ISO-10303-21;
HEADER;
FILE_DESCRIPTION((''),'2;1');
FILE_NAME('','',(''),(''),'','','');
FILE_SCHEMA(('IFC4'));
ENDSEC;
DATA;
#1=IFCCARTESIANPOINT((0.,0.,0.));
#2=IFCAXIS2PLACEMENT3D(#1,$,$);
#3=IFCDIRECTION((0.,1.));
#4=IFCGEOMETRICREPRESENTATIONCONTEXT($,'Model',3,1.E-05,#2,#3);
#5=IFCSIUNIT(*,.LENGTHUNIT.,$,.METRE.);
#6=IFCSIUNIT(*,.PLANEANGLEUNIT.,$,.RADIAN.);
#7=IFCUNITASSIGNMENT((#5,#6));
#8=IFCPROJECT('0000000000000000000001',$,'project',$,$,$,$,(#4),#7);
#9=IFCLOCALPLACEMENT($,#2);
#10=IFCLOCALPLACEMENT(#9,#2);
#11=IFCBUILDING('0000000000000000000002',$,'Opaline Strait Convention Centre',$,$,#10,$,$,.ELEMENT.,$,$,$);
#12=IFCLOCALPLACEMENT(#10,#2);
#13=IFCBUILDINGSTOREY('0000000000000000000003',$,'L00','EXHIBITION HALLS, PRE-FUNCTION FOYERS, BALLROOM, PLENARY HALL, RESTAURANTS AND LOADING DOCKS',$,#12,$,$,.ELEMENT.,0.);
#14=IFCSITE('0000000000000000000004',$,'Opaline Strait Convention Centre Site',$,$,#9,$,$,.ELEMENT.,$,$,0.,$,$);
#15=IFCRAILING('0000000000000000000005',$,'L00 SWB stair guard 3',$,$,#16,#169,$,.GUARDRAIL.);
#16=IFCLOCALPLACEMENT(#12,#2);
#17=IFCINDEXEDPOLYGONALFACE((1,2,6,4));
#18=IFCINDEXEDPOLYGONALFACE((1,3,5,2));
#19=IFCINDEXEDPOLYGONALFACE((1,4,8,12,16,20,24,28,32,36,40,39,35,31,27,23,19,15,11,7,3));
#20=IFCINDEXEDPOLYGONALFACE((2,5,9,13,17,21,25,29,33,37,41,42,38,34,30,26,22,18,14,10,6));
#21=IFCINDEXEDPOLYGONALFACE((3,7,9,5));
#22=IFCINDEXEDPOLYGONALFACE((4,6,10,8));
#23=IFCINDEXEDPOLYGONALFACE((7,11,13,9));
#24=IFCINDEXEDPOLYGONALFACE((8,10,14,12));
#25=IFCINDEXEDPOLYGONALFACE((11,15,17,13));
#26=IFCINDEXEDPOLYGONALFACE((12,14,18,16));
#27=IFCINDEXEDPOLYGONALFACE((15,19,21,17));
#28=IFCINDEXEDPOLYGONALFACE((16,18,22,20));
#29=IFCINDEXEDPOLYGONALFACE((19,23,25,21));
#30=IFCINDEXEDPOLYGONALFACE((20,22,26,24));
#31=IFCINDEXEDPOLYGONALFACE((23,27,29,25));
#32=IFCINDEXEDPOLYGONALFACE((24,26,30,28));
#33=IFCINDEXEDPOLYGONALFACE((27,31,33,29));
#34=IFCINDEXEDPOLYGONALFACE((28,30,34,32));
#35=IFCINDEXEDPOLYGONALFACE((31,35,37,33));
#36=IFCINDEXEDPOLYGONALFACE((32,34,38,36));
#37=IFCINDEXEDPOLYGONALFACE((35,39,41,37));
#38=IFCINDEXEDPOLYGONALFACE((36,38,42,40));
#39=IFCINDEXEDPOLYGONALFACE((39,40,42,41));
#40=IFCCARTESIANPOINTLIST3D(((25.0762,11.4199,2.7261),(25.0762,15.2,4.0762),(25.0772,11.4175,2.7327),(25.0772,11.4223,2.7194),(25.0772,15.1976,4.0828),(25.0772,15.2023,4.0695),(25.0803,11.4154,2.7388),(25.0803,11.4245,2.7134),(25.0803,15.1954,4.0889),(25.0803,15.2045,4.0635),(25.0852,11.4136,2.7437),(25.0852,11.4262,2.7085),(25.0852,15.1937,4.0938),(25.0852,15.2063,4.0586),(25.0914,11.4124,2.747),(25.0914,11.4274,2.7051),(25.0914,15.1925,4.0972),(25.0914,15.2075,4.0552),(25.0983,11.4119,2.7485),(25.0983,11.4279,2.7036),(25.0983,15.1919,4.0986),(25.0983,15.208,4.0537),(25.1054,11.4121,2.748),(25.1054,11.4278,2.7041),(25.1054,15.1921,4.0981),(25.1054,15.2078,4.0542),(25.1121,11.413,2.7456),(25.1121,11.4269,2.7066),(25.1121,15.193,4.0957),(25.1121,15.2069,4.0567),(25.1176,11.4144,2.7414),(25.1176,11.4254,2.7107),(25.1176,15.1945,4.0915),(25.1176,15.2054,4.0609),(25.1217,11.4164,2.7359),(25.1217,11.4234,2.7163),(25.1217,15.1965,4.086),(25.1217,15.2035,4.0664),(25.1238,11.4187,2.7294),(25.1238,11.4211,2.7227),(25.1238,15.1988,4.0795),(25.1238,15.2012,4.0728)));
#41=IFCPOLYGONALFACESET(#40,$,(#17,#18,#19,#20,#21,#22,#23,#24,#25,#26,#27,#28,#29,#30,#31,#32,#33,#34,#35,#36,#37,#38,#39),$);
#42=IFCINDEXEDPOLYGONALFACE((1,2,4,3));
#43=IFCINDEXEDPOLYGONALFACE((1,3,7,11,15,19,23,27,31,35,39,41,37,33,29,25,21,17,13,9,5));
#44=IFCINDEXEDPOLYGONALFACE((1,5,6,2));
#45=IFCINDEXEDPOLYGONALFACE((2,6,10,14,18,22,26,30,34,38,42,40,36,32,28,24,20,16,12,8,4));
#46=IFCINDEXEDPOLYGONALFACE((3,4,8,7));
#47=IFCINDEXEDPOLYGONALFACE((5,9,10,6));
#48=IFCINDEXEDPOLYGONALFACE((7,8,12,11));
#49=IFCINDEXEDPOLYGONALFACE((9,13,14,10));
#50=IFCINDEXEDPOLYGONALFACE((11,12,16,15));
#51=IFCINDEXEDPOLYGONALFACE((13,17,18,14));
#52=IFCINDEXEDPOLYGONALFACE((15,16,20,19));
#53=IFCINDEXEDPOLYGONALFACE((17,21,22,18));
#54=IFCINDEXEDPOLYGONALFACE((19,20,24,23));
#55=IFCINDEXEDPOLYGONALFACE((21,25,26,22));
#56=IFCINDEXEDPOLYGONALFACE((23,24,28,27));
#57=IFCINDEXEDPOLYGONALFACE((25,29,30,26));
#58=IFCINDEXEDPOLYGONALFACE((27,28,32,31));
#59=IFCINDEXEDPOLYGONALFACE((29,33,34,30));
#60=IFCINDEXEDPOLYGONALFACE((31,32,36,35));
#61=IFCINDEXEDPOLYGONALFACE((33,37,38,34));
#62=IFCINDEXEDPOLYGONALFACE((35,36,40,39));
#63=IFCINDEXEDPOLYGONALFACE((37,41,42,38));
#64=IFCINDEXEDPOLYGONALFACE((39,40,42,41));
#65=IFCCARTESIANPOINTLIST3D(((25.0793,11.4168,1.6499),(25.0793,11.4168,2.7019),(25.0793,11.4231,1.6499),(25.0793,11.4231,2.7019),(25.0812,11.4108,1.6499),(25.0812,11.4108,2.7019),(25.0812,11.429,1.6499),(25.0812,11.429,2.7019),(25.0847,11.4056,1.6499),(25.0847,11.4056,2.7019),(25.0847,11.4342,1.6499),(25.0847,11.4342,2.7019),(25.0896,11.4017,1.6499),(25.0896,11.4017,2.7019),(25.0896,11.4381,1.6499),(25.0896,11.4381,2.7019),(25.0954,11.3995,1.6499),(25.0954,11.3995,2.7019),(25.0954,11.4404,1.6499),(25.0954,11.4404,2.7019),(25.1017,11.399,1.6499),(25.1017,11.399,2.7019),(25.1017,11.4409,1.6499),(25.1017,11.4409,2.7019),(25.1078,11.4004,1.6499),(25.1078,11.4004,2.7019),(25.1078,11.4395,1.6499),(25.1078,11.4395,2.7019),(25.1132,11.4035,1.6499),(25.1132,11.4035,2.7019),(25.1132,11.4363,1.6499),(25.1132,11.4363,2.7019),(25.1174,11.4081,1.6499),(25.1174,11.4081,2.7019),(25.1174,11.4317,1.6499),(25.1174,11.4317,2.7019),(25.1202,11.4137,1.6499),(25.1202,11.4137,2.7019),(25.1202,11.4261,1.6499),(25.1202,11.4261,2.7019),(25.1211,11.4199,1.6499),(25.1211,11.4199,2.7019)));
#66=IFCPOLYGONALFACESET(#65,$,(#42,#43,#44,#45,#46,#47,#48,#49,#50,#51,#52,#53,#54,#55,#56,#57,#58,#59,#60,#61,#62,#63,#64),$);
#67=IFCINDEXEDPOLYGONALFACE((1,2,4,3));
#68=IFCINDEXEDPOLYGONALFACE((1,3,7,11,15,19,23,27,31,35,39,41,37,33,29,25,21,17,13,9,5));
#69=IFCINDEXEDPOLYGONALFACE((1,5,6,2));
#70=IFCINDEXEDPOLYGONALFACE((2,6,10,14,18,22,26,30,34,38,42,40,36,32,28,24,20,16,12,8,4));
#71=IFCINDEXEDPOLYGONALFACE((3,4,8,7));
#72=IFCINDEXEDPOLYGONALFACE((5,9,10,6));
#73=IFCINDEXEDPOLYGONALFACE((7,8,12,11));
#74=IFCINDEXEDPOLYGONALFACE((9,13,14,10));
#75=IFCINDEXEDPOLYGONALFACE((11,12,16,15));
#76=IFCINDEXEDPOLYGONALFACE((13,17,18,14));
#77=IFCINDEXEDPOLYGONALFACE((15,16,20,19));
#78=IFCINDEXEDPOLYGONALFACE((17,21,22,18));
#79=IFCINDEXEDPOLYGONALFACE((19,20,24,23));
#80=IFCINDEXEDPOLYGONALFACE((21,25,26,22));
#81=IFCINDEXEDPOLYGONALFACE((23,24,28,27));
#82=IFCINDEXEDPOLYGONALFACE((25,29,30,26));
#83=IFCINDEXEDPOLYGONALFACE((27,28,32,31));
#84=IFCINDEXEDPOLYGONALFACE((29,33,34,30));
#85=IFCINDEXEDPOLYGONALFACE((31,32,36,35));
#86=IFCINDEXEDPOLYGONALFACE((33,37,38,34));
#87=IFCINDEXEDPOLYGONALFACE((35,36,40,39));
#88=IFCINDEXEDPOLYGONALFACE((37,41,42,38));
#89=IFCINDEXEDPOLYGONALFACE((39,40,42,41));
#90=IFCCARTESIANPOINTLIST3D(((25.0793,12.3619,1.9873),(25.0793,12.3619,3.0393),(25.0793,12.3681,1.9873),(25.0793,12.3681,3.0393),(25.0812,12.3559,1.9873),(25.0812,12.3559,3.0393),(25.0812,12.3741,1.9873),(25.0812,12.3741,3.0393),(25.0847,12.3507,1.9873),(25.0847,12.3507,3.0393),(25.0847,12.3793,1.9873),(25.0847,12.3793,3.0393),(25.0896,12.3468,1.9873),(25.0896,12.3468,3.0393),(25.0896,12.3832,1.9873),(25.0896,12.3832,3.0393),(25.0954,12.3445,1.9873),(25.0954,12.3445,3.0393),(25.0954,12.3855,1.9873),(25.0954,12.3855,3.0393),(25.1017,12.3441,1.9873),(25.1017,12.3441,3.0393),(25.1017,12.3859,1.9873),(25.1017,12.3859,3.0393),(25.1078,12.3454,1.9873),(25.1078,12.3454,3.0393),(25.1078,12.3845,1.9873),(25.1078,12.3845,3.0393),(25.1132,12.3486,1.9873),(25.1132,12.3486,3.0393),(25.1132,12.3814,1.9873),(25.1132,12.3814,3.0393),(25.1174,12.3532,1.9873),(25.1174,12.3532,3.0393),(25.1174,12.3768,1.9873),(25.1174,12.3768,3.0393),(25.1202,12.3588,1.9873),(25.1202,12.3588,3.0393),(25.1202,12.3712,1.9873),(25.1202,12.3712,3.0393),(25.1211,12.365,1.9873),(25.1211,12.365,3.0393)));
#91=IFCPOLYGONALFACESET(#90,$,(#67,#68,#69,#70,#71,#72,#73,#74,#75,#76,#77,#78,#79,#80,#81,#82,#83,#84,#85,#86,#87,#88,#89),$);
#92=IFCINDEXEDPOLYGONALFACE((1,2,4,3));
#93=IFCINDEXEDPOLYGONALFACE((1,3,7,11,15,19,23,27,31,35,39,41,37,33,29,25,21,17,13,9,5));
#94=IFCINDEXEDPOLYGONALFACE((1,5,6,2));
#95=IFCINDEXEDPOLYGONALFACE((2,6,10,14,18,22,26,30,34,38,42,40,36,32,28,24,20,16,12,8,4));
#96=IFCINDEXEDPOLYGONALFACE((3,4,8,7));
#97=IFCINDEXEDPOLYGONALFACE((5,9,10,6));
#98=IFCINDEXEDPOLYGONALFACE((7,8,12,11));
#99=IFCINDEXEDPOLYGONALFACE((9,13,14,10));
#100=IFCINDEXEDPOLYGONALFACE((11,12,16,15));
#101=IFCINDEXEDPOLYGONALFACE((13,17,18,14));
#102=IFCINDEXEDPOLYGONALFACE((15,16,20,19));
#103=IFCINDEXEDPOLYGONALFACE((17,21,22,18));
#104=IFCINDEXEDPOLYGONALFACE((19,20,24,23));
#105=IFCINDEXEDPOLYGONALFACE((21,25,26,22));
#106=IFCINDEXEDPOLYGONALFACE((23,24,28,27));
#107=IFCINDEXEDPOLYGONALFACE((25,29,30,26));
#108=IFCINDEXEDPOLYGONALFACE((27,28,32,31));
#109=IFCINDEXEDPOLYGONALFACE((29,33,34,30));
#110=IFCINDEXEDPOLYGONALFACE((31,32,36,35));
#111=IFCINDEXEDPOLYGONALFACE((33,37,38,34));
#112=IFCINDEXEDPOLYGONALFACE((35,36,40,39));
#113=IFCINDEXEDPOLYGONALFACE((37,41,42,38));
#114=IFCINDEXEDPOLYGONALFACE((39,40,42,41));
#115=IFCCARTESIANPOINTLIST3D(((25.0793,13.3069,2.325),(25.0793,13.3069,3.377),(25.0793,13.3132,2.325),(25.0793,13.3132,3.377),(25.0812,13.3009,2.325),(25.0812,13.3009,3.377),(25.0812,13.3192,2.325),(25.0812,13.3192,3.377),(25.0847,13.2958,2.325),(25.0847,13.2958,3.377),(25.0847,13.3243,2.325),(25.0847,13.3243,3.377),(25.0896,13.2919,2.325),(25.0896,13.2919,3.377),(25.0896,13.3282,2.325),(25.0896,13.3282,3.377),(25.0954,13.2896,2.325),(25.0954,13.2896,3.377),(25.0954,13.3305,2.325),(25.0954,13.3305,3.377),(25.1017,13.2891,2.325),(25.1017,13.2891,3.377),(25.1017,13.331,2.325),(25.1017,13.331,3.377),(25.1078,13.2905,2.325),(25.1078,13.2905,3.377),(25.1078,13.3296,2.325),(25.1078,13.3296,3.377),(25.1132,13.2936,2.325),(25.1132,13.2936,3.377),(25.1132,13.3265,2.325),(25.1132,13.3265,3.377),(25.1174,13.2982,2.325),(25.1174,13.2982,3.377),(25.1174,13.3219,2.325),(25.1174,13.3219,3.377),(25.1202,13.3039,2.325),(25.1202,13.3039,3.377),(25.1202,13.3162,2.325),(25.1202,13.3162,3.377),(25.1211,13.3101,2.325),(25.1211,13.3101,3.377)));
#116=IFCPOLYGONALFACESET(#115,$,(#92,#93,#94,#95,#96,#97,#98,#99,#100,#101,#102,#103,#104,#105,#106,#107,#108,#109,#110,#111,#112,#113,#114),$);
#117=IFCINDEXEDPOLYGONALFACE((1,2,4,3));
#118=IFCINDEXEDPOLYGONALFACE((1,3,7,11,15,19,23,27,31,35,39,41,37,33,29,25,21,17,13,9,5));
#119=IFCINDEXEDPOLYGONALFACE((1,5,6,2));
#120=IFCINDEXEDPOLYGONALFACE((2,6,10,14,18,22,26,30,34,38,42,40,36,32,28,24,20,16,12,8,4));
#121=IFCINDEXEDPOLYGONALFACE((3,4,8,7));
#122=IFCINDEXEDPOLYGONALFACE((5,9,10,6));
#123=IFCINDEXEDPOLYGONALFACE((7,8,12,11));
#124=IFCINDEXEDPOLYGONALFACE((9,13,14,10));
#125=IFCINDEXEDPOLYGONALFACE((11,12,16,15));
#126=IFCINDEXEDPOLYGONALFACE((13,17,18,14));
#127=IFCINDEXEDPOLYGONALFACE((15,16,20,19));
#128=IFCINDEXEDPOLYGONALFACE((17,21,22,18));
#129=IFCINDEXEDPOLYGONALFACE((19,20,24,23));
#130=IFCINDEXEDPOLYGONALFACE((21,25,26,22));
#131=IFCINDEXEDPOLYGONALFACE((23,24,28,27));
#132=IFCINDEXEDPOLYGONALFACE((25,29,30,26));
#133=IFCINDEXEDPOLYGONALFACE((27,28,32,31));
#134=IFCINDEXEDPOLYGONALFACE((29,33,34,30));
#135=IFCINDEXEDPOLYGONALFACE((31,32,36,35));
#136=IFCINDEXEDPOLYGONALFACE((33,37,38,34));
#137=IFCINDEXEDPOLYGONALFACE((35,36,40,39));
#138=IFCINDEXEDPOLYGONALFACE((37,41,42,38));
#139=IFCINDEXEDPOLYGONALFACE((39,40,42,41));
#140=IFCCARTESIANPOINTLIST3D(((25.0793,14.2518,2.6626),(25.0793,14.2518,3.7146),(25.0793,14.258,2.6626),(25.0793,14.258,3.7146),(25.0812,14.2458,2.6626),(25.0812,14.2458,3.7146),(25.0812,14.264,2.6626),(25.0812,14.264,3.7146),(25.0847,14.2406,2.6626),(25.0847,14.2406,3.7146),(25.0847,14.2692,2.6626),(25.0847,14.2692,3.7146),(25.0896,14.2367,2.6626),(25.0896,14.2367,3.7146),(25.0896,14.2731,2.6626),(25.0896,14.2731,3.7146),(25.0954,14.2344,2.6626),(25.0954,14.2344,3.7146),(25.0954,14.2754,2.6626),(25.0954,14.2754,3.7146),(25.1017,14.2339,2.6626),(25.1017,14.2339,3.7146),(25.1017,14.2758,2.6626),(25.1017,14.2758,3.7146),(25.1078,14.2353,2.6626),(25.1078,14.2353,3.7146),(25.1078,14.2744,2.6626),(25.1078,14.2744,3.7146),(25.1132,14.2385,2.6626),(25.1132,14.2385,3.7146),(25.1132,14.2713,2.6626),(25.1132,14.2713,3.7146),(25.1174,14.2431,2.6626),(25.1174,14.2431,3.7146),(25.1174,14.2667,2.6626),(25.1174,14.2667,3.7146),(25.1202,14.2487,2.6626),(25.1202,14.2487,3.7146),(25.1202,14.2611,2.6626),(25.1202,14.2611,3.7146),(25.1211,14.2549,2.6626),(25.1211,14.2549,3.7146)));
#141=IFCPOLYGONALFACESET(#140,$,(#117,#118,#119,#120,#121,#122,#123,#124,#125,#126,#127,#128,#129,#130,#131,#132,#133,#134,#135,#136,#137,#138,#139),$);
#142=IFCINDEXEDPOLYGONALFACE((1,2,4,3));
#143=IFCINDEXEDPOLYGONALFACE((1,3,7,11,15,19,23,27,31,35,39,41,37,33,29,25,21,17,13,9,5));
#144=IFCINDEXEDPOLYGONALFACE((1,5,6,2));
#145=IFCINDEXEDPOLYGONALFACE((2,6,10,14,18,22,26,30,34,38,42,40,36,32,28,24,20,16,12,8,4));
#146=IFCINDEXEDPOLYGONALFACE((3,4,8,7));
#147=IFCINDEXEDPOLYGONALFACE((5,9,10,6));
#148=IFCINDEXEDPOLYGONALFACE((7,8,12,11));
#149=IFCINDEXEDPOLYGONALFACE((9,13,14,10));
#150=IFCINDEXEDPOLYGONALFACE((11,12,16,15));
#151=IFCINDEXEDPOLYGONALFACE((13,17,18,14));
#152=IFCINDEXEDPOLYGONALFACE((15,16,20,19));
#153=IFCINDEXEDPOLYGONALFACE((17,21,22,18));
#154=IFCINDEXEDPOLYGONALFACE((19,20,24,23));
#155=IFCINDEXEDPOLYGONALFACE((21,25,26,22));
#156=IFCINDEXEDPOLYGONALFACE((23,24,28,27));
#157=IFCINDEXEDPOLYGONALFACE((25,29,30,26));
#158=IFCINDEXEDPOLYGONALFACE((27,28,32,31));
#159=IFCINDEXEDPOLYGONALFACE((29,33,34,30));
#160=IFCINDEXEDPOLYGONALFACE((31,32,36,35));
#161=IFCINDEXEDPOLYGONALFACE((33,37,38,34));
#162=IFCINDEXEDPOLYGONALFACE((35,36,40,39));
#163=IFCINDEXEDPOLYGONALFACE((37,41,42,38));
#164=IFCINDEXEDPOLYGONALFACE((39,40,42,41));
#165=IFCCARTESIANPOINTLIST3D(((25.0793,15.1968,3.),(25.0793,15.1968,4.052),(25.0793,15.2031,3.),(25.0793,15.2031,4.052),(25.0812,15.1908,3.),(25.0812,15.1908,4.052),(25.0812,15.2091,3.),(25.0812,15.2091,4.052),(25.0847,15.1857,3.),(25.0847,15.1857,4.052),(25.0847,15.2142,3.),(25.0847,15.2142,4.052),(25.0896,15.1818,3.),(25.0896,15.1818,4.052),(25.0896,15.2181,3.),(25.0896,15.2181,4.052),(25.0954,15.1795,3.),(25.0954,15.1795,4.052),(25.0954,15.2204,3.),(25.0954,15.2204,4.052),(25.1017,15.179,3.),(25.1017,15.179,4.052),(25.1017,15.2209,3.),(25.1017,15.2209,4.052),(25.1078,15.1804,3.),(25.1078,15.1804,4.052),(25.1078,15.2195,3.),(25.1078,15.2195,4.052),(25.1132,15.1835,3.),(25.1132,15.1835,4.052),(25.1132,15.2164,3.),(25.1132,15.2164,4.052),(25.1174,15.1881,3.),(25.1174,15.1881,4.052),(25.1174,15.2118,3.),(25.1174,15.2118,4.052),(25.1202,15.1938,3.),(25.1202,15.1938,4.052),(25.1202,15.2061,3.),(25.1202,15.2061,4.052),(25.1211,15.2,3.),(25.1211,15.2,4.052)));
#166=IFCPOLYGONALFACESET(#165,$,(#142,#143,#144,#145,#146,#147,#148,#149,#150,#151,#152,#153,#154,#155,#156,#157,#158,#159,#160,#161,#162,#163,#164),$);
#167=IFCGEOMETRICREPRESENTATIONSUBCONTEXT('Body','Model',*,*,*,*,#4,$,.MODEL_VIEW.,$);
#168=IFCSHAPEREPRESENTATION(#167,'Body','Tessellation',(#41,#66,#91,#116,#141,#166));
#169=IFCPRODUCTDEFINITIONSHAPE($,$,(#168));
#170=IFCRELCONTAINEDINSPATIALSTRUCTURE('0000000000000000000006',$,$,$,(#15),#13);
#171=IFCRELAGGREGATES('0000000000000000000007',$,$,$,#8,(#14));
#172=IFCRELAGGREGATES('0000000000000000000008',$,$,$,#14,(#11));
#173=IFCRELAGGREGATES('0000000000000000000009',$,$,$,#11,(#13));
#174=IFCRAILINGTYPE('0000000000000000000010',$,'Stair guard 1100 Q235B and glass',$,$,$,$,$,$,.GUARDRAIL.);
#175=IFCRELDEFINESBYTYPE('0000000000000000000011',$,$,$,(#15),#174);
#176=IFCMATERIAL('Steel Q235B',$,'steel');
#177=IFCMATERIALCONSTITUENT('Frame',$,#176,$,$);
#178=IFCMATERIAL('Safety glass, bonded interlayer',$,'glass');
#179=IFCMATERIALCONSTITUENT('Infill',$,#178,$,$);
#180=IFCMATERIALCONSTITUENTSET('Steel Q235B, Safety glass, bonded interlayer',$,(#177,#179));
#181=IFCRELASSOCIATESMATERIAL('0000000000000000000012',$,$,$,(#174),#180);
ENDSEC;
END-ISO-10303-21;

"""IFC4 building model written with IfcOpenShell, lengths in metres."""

from ifc_helpers import new_model, si_unit, direction, frame, origin, origin_2d, place, context, subcontext, project, spatial, circle, extrude, material, constituent, constituent_set, type_object, element, save


model = new_model("IFC4")

# Units and contexts
model_context = context("Model", 3, precision=1e-05, world=origin(), true_north=direction((0.0, 1.0)))
body_context = subcontext(model_context, "Body", "Model", "MODEL_VIEW")
ifc_project = project(units=[si_unit("LENGTHUNIT", "METRE"), si_unit("PLANEANGLEUNIT", "RADIAN")], contexts=[model_context])

# Site, building, storey
site_placement = place(None, origin())
site = spatial("IfcSite", under=ifc_project, at=site_placement, Name="Opaline Strait Convention Centre Site", CompositionType="ELEMENT", RefElevation=0.0)
building_placement = place(site_placement, origin())
building = spatial("IfcBuilding", under=site, at=building_placement, Name="Opaline Strait Convention Centre", CompositionType="ELEMENT")
storey_placement = place(building_placement, origin())
storey = spatial("IfcBuildingStorey", under=building, at=storey_placement, Name="L00", Description="EXHIBITION HALLS, PRE-FUNCTION FOYERS, BALLROOM, PLENARY HALL, RESTAURANTS AND LOADING DOCKS", CompositionType="ELEMENT", Elevation=0.0)

# Railing
ifc_material_1 = material(Name="Steel Q235B", Category="steel")
ifc_constituent_1 = constituent(ifc_material_1, Name="Frame")
ifc_material_2 = material(Name="Safety glass, bonded interlayer", Category="glass")
ifc_constituent_2 = constituent(ifc_material_2, Name="Infill")
ifc_constituent_set = constituent_set(constituents=[ifc_constituent_1, ifc_constituent_2], Name="Steel Q235B, Safety glass, bonded interlayer")
railing_type_1 = type_object("IfcRailingType", Name="Stair guard 1100 Q235B and glass", PredefinedType="GUARDRAIL", material=ifc_constituent_set)
for number, where, name in (
    (1, (25.1001, 11.4199, 1.6499), "L00 SWB stair guard 3"),
):
    element("IfcRailing", number, at=place(storey_placement, frame(where)), inside=storey, type_object=railing_type_1, Name=name, PredefinedType="GUARDRAIL", context=body_context, shape_type="SweptSolid", body=[
        extrude(circle(Radius=0.0239, at=origin_2d()), frame((0.0, 0.0, 1.0762), z_axis=(0.0, 0.941735, 0.336356), x_axis=(-1.0, 0.0, 0.0)), (0.0, 0.0, 1.0), 4.0139),
        extrude(circle(Radius=0.021, at=origin_2d()), origin(), (0.0, 0.0, 1.0), 1.052),
        extrude(circle(Radius=0.021, at=origin_2d()), frame((0.0, 0.9451, 0.3374)), (0.0, 0.0, 1.0), 1.052),
        extrude(circle(Radius=0.021, at=origin_2d()), frame((0.0, 1.8901, 0.675)), (0.0, 0.0, 1.0), 1.052),
        extrude(circle(Radius=0.021, at=origin_2d()), frame((0.0, 2.835, 1.0127)), (0.0, 0.0, 1.0), 1.052),
        extrude(circle(Radius=0.021, at=origin_2d()), frame((0.0, 3.78, 1.3501)), (0.0, 0.0, 1.0), 1.052),
    ])

save(model, "model.ifc")
